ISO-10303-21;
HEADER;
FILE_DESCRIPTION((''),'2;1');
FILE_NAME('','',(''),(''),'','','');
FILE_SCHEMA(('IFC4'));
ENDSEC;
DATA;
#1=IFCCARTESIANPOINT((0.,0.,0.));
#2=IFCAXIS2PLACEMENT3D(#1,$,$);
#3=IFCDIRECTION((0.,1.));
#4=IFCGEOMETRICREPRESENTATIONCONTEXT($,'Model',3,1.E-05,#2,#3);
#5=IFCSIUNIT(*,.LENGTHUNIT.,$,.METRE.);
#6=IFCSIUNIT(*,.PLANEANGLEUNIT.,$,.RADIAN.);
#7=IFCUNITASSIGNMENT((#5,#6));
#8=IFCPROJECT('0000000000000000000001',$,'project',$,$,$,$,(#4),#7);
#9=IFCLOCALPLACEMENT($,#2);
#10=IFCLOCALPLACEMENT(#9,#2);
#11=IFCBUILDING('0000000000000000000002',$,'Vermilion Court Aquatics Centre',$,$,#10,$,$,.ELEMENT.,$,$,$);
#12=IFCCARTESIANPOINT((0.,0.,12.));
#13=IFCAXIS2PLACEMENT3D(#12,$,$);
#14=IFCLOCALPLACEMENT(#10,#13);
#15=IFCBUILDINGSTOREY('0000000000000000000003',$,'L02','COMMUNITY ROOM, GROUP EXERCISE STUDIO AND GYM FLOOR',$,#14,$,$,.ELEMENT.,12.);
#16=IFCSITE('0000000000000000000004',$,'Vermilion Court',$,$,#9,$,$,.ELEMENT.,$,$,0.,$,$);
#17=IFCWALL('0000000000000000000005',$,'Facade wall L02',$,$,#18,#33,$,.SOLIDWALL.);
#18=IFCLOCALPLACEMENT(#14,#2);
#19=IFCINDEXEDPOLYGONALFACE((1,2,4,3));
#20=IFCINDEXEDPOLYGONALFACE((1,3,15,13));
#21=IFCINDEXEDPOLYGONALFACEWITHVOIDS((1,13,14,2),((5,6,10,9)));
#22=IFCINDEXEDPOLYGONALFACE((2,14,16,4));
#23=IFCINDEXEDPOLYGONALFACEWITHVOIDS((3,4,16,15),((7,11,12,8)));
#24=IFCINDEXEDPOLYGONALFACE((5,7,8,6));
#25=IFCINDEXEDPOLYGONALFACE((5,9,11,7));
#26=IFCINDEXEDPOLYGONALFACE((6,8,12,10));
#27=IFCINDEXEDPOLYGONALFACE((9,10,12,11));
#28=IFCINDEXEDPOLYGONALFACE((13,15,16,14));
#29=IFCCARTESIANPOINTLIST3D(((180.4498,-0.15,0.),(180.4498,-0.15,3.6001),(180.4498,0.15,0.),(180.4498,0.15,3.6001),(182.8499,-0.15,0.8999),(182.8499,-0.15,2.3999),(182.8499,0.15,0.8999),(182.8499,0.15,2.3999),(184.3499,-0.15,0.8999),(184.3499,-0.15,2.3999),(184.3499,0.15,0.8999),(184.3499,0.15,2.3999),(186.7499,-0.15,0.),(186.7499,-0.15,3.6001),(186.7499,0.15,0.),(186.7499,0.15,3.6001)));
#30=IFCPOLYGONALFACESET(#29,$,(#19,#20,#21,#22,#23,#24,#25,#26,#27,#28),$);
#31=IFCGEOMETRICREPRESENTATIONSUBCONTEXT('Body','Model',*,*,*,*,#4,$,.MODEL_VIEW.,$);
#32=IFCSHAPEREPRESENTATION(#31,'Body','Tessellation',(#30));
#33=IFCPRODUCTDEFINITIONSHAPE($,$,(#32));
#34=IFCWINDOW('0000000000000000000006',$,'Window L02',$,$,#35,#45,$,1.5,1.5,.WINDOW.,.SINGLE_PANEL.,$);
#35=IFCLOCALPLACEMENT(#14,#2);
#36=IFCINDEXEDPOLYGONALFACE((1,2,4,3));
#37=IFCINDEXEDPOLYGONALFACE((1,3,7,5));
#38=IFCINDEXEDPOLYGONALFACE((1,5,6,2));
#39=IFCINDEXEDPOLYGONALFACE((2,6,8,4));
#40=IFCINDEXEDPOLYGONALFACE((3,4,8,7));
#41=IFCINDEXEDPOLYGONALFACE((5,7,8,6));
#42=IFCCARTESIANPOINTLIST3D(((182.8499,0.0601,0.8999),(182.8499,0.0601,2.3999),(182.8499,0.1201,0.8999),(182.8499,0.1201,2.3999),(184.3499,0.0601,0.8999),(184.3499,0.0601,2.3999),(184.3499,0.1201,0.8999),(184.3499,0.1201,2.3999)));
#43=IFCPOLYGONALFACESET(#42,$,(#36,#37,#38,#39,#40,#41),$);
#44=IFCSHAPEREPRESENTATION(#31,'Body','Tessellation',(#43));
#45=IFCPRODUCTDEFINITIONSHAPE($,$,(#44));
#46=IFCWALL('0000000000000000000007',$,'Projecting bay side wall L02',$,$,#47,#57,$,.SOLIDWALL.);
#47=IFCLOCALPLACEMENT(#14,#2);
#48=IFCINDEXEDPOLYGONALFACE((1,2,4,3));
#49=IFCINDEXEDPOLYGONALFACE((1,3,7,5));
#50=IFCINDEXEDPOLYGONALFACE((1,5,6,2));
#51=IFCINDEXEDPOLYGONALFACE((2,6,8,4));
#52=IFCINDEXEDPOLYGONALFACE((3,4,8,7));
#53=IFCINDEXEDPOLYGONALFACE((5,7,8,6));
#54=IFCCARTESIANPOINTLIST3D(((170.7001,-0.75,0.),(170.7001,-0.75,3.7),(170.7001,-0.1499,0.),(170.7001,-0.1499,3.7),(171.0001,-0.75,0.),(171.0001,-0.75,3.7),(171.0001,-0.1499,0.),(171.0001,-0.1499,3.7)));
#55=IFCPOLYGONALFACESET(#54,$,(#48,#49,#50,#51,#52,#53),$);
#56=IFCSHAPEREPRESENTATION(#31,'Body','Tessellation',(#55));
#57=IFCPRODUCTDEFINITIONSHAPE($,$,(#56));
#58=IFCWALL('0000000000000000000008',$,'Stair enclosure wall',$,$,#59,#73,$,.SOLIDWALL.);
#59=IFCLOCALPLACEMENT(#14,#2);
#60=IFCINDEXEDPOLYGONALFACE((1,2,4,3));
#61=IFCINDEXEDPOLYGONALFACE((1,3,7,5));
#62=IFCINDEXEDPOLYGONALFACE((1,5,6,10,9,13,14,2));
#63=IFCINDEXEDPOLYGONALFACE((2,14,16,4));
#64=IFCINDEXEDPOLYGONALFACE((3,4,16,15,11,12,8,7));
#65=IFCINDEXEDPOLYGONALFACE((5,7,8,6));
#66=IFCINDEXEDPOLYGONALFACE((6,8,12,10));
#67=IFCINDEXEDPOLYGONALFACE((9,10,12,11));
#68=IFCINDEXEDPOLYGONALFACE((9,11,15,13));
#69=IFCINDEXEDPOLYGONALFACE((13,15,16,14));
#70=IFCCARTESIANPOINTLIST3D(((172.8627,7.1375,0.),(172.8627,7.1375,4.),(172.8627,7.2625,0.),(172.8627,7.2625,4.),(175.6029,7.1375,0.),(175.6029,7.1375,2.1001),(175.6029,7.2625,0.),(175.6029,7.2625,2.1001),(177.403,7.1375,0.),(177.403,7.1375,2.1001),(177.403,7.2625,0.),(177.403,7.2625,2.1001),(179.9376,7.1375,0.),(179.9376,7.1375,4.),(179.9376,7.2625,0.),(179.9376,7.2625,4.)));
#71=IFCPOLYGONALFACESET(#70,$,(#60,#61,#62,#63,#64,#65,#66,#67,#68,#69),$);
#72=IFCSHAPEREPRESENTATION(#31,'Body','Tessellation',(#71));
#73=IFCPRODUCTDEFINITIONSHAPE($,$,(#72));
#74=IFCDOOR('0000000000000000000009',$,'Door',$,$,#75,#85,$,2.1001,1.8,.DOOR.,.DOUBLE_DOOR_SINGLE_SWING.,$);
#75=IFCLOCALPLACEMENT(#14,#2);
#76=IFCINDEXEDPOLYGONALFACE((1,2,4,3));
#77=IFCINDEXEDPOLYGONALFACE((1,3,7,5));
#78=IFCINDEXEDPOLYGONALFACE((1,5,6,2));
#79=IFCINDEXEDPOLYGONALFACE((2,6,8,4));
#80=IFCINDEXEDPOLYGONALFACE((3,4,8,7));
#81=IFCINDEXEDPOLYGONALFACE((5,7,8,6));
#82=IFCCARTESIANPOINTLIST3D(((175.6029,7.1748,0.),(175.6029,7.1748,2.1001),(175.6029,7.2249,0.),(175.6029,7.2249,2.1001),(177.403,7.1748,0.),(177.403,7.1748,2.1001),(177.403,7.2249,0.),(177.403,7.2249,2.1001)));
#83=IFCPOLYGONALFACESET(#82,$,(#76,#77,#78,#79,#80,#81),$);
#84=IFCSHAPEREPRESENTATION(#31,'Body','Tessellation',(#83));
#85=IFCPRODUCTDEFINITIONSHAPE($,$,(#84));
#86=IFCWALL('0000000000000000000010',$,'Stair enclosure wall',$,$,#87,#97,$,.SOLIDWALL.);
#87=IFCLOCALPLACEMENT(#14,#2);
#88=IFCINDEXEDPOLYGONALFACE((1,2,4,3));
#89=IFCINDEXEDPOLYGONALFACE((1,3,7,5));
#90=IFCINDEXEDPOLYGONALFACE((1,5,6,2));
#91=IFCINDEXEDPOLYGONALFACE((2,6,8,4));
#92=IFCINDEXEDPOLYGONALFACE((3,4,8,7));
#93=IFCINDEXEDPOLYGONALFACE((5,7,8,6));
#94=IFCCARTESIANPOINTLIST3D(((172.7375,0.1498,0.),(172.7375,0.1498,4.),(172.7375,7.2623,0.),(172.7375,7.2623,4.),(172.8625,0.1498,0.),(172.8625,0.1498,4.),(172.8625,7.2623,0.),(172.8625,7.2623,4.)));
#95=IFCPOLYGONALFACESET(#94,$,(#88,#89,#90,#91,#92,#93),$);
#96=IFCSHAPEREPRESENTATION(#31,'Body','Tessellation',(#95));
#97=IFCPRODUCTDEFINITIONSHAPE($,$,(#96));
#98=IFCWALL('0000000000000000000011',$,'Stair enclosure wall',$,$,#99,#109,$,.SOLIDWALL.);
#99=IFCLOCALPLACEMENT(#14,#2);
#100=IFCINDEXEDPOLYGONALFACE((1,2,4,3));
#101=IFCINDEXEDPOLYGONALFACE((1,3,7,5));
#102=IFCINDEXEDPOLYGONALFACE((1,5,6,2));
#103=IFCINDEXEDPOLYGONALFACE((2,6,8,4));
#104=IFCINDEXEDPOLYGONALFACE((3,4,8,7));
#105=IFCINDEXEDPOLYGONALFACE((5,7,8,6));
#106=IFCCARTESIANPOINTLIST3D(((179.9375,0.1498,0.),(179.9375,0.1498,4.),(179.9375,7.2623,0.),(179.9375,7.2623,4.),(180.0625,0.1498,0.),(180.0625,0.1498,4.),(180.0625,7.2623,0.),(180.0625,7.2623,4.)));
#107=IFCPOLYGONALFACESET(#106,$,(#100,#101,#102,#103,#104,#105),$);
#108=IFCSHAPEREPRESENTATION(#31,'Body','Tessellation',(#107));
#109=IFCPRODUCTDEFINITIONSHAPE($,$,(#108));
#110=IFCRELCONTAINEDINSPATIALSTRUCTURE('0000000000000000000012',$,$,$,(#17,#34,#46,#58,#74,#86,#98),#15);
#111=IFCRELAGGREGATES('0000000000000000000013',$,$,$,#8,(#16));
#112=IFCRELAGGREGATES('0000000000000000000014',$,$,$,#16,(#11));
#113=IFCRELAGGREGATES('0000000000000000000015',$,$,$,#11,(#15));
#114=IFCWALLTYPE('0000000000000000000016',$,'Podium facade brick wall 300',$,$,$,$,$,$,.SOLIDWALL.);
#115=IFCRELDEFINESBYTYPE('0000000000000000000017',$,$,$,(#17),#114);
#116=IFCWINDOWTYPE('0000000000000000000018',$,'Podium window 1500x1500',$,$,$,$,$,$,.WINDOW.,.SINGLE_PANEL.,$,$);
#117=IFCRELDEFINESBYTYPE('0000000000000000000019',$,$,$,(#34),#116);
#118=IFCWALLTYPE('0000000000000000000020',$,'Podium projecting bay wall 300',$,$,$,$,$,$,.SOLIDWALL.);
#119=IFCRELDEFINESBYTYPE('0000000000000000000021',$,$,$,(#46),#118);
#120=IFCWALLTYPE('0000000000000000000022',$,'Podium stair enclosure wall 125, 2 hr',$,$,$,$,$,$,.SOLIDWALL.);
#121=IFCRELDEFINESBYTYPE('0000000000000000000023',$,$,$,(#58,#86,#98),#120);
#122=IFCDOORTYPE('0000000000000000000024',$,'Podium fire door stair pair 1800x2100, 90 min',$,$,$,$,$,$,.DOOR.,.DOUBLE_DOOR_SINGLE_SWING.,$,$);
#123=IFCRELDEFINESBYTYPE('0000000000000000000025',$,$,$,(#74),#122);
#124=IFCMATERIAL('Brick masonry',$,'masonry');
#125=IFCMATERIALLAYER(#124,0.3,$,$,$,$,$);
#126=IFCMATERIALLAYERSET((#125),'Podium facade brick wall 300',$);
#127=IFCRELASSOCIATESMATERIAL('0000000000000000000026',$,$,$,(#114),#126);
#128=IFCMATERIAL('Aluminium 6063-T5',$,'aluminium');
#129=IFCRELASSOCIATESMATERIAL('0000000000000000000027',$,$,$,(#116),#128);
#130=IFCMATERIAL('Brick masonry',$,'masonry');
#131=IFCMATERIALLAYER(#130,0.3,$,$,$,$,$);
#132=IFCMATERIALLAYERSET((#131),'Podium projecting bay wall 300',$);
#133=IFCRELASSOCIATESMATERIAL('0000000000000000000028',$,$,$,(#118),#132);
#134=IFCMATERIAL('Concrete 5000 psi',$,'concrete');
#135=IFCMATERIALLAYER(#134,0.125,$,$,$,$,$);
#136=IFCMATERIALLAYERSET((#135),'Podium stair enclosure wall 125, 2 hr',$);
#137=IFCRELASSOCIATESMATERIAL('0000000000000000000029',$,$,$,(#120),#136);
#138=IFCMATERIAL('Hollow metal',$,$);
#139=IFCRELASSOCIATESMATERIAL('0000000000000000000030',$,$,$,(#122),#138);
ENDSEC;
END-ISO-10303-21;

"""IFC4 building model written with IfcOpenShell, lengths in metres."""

from ifc_helpers import new_model, si_unit, direction, frame, frame_2d, origin, place, context, subcontext, project, spatial, rectangle, extrude, material, layer, layer_set, type_object, element, fill, save


model = new_model("IFC4")

# Units and contexts
model_context = context("Model", 3, precision=1e-05, world=origin(), true_north=direction((0.0, 1.0)))
body_context = subcontext(model_context, "Body", "Model", "MODEL_VIEW")
ifc_project = project(units=[si_unit("LENGTHUNIT", "METRE"), si_unit("PLANEANGLEUNIT", "RADIAN")], contexts=[model_context])

# Site, building, storey
site_placement = place(None, origin())
site = spatial("IfcSite", under=ifc_project, at=site_placement, Name="Vermilion Court", CompositionType="ELEMENT", RefElevation=0.0)
building_placement = place(site_placement, origin())
building = spatial("IfcBuilding", under=site, at=building_placement, Name="Vermilion Court Aquatics Centre", CompositionType="ELEMENT")
storey_placement = place(building_placement, frame((0.0, 0.0, 12.0)))
storey = spatial("IfcBuildingStorey", under=building, at=storey_placement, Name="L02", Description="COMMUNITY ROOM, GROUP EXERCISE STUDIO AND GYM FLOOR", CompositionType="ELEMENT", Elevation=12.0)

# Shared definitions
ifc_material_1 = material(Name="Brick masonry", Category="masonry")
ifc_layer_1 = layer(ifc_material_1, 0.3)
ifc_layer_set_1 = layer_set([ifc_layer_1], Name="Podium facade brick wall 300")
wall_type_1 = type_object("IfcWallType", Name="Podium facade brick wall 300", PredefinedType="SOLIDWALL", material=ifc_layer_set_1)

# Wall, opening, window
wall_1_placement = place(storey_placement, frame((180.45, 0.0, 0.0), z_axis=(0.0, 0.0, 1.0), x_axis=(1.0, 0.0, 0.0)))
wall_1 = element("IfcWall", 1, at=wall_1_placement, inside=storey, type_object=wall_type_1, Name="Facade wall L02", PredefinedType="SOLIDWALL", context=body_context, shape_type="SweptSolid", body=[
    extrude(rectangle(XDim=6.3, YDim=0.3, at=frame_2d((3.1499, 0.0))), origin(), (0.0, 0.0, 1.0), 3.6001),
])
opening_1_placement = place(wall_1_placement, frame((2.3999, 0.0, 0.8999)))
opening_1 = element("IfcOpeningElement", 2, at=opening_1_placement, cuts=wall_1, PredefinedType="OPENING", context=body_context, shape_type="SweptSolid", body=[
    extrude(rectangle(XDim=1.5, YDim=1.5, at=frame_2d((0.75, 0.75))), frame((0.0, 0.1599, 0.0), z_axis=(0.0, -1.0, 0.0), x_axis=(1.0, 0.0, 0.0)), (0.0, 0.0, 1.0), 0.3201),
])
ifc_material_2 = material(Name="Aluminium 6063-T5", Category="aluminium")
window_type = type_object("IfcWindowType", Name="Podium window 1500x1500", PartitioningType="SINGLE_PANEL", PredefinedType="WINDOW", material=ifc_material_2)
window_placement = place(opening_1_placement, origin())
window = element("IfcWindow", 3, at=window_placement, inside=storey, type_object=window_type, Name="Window L02", OverallHeight=1.5, OverallWidth=1.5, PartitioningType="SINGLE_PANEL", PredefinedType="WINDOW", context=body_context, shape_type="SweptSolid", body=[
    extrude(rectangle(XDim=1.5, YDim=1.5, at=frame_2d((0.75, 0.75))), frame((0.0, 0.1201, 0.0), z_axis=(0.0, -1.0, 0.0), x_axis=(1.0, 0.0, 0.0)), (0.0, 0.0, 1.0), 0.0601),
])
fill(opening_1, window)

# Wall
ifc_material_3 = material(Name="Brick masonry", Category="masonry")
ifc_layer_2 = layer(ifc_material_3, 0.3)
ifc_layer_set_2 = layer_set([ifc_layer_2], Name="Podium projecting bay wall 300")
wall_type_2 = type_object("IfcWallType", Name="Podium projecting bay wall 300", PredefinedType="SOLIDWALL", material=ifc_layer_set_2)
wall_2_placement = place(storey_placement, frame((170.8501, -0.75, 0.0), z_axis=(0.0, 0.0, 1.0), x_axis=(0.0, 1.0, 0.0)))
element("IfcWall", 4, at=wall_2_placement, inside=storey, type_object=wall_type_2, Name="Projecting bay side wall L02", PredefinedType="SOLIDWALL", context=body_context, shape_type="SweptSolid", body=[
    extrude(rectangle(XDim=0.6001, YDim=0.3, at=frame_2d((0.3, 0.0))), origin(), (0.0, 0.0, 1.0), 3.7),
])

# Wall, opening, door
ifc_material_4 = material(Name="Concrete 5000 psi", Category="concrete")
ifc_layer_3 = layer(ifc_material_4, 0.125)
ifc_layer_set_3 = layer_set([ifc_layer_3], Name="Podium stair enclosure wall 125, 2 hr")
wall_type_3 = type_object("IfcWallType", Name="Podium stair enclosure wall 125, 2 hr", PredefinedType="SOLIDWALL", material=ifc_layer_set_3)
wall_3_placement = place(storey_placement, frame((172.8625, 7.2, 0.0), z_axis=(0.0, 0.0, 1.0), x_axis=(1.0, 0.0, 0.0)))
wall_3 = element("IfcWall", 5, at=wall_3_placement, inside=storey, type_object=wall_type_3, Name="Stair enclosure wall", PredefinedType="SOLIDWALL", context=body_context, shape_type="SweptSolid", body=[
    extrude(rectangle(XDim=7.075, YDim=0.125, at=frame_2d((3.5376, 0.0))), origin(), (0.0, 0.0, 1.0), 4.0),
])
opening_2_placement = place(wall_3_placement, frame((2.7405, 0.0, 0.0)))
opening_2 = element("IfcOpeningElement", 6, at=opening_2_placement, cuts=wall_3, PredefinedType="OPENING", context=body_context, shape_type="SweptSolid", body=[
    extrude(rectangle(XDim=1.8, YDim=2.1001, at=frame_2d((0.8999, 1.05))), frame((0.0, 0.0725, 0.0), z_axis=(0.0, -1.0, 0.0), x_axis=(1.0, 0.0, 0.0)), (0.0, 0.0, 1.0), 0.145),
])
ifc_material_5 = material(Name="Hollow metal")
door_type_1 = type_object("IfcDoorType", Name="Podium fire door stair pair 1800x2100, 90 min", OperationType="DOUBLE_DOOR_SINGLE_SWING", PredefinedType="DOOR", material=ifc_material_5)
door_1_placement = place(opening_2_placement, frame((1.8, 0.0, 0.0), z_axis=(0.0, 0.0, 1.0), x_axis=(-1.0, 0.0, 0.0)))
door_1 = element("IfcDoor", 7, at=door_1_placement, inside=storey, type_object=door_type_1, Name="Door", OperationType="DOUBLE_DOOR_SINGLE_SWING", OverallHeight=2.1001, OverallWidth=1.8, PredefinedType="DOOR", context=body_context, shape_type="SweptSolid", body=[
    extrude(rectangle(XDim=1.8, YDim=2.1001, at=frame_2d((0.9001, 1.05))), frame((0.0, 0.0251, 0.0), z_axis=(0.0, -1.0, 0.0), x_axis=(1.0, 0.0, 0.0)), (0.0, 0.0, 1.0), 0.05),
])
fill(opening_2, door_1)

# Walls
for number, where, z_axis, x_axis, name in (
    (8, (172.8, 0.1499, 0.0), (0.0, 0.0, 1.0), (0.0, 1.0, 0.0), "Stair enclosure wall"),
    (9, (180.0, 0.1499, 0.0), (0.0, 0.0, 1.0), (0.0, 1.0, 0.0), "Stair enclosure wall"),
):
    element("IfcWall", number, at=place(storey_placement, frame(where, z_axis=z_axis, x_axis=x_axis)), inside=storey, type_object=wall_type_3, Name=name, PredefinedType="SOLIDWALL", context=body_context, shape_type="SweptSolid", body=[
        extrude(rectangle(XDim=7.1125, YDim=0.125, at=frame_2d((3.5562, 0.0))), origin(), (0.0, 0.0, 1.0), 4.0),
    ])

save(model, "model.ifc")
